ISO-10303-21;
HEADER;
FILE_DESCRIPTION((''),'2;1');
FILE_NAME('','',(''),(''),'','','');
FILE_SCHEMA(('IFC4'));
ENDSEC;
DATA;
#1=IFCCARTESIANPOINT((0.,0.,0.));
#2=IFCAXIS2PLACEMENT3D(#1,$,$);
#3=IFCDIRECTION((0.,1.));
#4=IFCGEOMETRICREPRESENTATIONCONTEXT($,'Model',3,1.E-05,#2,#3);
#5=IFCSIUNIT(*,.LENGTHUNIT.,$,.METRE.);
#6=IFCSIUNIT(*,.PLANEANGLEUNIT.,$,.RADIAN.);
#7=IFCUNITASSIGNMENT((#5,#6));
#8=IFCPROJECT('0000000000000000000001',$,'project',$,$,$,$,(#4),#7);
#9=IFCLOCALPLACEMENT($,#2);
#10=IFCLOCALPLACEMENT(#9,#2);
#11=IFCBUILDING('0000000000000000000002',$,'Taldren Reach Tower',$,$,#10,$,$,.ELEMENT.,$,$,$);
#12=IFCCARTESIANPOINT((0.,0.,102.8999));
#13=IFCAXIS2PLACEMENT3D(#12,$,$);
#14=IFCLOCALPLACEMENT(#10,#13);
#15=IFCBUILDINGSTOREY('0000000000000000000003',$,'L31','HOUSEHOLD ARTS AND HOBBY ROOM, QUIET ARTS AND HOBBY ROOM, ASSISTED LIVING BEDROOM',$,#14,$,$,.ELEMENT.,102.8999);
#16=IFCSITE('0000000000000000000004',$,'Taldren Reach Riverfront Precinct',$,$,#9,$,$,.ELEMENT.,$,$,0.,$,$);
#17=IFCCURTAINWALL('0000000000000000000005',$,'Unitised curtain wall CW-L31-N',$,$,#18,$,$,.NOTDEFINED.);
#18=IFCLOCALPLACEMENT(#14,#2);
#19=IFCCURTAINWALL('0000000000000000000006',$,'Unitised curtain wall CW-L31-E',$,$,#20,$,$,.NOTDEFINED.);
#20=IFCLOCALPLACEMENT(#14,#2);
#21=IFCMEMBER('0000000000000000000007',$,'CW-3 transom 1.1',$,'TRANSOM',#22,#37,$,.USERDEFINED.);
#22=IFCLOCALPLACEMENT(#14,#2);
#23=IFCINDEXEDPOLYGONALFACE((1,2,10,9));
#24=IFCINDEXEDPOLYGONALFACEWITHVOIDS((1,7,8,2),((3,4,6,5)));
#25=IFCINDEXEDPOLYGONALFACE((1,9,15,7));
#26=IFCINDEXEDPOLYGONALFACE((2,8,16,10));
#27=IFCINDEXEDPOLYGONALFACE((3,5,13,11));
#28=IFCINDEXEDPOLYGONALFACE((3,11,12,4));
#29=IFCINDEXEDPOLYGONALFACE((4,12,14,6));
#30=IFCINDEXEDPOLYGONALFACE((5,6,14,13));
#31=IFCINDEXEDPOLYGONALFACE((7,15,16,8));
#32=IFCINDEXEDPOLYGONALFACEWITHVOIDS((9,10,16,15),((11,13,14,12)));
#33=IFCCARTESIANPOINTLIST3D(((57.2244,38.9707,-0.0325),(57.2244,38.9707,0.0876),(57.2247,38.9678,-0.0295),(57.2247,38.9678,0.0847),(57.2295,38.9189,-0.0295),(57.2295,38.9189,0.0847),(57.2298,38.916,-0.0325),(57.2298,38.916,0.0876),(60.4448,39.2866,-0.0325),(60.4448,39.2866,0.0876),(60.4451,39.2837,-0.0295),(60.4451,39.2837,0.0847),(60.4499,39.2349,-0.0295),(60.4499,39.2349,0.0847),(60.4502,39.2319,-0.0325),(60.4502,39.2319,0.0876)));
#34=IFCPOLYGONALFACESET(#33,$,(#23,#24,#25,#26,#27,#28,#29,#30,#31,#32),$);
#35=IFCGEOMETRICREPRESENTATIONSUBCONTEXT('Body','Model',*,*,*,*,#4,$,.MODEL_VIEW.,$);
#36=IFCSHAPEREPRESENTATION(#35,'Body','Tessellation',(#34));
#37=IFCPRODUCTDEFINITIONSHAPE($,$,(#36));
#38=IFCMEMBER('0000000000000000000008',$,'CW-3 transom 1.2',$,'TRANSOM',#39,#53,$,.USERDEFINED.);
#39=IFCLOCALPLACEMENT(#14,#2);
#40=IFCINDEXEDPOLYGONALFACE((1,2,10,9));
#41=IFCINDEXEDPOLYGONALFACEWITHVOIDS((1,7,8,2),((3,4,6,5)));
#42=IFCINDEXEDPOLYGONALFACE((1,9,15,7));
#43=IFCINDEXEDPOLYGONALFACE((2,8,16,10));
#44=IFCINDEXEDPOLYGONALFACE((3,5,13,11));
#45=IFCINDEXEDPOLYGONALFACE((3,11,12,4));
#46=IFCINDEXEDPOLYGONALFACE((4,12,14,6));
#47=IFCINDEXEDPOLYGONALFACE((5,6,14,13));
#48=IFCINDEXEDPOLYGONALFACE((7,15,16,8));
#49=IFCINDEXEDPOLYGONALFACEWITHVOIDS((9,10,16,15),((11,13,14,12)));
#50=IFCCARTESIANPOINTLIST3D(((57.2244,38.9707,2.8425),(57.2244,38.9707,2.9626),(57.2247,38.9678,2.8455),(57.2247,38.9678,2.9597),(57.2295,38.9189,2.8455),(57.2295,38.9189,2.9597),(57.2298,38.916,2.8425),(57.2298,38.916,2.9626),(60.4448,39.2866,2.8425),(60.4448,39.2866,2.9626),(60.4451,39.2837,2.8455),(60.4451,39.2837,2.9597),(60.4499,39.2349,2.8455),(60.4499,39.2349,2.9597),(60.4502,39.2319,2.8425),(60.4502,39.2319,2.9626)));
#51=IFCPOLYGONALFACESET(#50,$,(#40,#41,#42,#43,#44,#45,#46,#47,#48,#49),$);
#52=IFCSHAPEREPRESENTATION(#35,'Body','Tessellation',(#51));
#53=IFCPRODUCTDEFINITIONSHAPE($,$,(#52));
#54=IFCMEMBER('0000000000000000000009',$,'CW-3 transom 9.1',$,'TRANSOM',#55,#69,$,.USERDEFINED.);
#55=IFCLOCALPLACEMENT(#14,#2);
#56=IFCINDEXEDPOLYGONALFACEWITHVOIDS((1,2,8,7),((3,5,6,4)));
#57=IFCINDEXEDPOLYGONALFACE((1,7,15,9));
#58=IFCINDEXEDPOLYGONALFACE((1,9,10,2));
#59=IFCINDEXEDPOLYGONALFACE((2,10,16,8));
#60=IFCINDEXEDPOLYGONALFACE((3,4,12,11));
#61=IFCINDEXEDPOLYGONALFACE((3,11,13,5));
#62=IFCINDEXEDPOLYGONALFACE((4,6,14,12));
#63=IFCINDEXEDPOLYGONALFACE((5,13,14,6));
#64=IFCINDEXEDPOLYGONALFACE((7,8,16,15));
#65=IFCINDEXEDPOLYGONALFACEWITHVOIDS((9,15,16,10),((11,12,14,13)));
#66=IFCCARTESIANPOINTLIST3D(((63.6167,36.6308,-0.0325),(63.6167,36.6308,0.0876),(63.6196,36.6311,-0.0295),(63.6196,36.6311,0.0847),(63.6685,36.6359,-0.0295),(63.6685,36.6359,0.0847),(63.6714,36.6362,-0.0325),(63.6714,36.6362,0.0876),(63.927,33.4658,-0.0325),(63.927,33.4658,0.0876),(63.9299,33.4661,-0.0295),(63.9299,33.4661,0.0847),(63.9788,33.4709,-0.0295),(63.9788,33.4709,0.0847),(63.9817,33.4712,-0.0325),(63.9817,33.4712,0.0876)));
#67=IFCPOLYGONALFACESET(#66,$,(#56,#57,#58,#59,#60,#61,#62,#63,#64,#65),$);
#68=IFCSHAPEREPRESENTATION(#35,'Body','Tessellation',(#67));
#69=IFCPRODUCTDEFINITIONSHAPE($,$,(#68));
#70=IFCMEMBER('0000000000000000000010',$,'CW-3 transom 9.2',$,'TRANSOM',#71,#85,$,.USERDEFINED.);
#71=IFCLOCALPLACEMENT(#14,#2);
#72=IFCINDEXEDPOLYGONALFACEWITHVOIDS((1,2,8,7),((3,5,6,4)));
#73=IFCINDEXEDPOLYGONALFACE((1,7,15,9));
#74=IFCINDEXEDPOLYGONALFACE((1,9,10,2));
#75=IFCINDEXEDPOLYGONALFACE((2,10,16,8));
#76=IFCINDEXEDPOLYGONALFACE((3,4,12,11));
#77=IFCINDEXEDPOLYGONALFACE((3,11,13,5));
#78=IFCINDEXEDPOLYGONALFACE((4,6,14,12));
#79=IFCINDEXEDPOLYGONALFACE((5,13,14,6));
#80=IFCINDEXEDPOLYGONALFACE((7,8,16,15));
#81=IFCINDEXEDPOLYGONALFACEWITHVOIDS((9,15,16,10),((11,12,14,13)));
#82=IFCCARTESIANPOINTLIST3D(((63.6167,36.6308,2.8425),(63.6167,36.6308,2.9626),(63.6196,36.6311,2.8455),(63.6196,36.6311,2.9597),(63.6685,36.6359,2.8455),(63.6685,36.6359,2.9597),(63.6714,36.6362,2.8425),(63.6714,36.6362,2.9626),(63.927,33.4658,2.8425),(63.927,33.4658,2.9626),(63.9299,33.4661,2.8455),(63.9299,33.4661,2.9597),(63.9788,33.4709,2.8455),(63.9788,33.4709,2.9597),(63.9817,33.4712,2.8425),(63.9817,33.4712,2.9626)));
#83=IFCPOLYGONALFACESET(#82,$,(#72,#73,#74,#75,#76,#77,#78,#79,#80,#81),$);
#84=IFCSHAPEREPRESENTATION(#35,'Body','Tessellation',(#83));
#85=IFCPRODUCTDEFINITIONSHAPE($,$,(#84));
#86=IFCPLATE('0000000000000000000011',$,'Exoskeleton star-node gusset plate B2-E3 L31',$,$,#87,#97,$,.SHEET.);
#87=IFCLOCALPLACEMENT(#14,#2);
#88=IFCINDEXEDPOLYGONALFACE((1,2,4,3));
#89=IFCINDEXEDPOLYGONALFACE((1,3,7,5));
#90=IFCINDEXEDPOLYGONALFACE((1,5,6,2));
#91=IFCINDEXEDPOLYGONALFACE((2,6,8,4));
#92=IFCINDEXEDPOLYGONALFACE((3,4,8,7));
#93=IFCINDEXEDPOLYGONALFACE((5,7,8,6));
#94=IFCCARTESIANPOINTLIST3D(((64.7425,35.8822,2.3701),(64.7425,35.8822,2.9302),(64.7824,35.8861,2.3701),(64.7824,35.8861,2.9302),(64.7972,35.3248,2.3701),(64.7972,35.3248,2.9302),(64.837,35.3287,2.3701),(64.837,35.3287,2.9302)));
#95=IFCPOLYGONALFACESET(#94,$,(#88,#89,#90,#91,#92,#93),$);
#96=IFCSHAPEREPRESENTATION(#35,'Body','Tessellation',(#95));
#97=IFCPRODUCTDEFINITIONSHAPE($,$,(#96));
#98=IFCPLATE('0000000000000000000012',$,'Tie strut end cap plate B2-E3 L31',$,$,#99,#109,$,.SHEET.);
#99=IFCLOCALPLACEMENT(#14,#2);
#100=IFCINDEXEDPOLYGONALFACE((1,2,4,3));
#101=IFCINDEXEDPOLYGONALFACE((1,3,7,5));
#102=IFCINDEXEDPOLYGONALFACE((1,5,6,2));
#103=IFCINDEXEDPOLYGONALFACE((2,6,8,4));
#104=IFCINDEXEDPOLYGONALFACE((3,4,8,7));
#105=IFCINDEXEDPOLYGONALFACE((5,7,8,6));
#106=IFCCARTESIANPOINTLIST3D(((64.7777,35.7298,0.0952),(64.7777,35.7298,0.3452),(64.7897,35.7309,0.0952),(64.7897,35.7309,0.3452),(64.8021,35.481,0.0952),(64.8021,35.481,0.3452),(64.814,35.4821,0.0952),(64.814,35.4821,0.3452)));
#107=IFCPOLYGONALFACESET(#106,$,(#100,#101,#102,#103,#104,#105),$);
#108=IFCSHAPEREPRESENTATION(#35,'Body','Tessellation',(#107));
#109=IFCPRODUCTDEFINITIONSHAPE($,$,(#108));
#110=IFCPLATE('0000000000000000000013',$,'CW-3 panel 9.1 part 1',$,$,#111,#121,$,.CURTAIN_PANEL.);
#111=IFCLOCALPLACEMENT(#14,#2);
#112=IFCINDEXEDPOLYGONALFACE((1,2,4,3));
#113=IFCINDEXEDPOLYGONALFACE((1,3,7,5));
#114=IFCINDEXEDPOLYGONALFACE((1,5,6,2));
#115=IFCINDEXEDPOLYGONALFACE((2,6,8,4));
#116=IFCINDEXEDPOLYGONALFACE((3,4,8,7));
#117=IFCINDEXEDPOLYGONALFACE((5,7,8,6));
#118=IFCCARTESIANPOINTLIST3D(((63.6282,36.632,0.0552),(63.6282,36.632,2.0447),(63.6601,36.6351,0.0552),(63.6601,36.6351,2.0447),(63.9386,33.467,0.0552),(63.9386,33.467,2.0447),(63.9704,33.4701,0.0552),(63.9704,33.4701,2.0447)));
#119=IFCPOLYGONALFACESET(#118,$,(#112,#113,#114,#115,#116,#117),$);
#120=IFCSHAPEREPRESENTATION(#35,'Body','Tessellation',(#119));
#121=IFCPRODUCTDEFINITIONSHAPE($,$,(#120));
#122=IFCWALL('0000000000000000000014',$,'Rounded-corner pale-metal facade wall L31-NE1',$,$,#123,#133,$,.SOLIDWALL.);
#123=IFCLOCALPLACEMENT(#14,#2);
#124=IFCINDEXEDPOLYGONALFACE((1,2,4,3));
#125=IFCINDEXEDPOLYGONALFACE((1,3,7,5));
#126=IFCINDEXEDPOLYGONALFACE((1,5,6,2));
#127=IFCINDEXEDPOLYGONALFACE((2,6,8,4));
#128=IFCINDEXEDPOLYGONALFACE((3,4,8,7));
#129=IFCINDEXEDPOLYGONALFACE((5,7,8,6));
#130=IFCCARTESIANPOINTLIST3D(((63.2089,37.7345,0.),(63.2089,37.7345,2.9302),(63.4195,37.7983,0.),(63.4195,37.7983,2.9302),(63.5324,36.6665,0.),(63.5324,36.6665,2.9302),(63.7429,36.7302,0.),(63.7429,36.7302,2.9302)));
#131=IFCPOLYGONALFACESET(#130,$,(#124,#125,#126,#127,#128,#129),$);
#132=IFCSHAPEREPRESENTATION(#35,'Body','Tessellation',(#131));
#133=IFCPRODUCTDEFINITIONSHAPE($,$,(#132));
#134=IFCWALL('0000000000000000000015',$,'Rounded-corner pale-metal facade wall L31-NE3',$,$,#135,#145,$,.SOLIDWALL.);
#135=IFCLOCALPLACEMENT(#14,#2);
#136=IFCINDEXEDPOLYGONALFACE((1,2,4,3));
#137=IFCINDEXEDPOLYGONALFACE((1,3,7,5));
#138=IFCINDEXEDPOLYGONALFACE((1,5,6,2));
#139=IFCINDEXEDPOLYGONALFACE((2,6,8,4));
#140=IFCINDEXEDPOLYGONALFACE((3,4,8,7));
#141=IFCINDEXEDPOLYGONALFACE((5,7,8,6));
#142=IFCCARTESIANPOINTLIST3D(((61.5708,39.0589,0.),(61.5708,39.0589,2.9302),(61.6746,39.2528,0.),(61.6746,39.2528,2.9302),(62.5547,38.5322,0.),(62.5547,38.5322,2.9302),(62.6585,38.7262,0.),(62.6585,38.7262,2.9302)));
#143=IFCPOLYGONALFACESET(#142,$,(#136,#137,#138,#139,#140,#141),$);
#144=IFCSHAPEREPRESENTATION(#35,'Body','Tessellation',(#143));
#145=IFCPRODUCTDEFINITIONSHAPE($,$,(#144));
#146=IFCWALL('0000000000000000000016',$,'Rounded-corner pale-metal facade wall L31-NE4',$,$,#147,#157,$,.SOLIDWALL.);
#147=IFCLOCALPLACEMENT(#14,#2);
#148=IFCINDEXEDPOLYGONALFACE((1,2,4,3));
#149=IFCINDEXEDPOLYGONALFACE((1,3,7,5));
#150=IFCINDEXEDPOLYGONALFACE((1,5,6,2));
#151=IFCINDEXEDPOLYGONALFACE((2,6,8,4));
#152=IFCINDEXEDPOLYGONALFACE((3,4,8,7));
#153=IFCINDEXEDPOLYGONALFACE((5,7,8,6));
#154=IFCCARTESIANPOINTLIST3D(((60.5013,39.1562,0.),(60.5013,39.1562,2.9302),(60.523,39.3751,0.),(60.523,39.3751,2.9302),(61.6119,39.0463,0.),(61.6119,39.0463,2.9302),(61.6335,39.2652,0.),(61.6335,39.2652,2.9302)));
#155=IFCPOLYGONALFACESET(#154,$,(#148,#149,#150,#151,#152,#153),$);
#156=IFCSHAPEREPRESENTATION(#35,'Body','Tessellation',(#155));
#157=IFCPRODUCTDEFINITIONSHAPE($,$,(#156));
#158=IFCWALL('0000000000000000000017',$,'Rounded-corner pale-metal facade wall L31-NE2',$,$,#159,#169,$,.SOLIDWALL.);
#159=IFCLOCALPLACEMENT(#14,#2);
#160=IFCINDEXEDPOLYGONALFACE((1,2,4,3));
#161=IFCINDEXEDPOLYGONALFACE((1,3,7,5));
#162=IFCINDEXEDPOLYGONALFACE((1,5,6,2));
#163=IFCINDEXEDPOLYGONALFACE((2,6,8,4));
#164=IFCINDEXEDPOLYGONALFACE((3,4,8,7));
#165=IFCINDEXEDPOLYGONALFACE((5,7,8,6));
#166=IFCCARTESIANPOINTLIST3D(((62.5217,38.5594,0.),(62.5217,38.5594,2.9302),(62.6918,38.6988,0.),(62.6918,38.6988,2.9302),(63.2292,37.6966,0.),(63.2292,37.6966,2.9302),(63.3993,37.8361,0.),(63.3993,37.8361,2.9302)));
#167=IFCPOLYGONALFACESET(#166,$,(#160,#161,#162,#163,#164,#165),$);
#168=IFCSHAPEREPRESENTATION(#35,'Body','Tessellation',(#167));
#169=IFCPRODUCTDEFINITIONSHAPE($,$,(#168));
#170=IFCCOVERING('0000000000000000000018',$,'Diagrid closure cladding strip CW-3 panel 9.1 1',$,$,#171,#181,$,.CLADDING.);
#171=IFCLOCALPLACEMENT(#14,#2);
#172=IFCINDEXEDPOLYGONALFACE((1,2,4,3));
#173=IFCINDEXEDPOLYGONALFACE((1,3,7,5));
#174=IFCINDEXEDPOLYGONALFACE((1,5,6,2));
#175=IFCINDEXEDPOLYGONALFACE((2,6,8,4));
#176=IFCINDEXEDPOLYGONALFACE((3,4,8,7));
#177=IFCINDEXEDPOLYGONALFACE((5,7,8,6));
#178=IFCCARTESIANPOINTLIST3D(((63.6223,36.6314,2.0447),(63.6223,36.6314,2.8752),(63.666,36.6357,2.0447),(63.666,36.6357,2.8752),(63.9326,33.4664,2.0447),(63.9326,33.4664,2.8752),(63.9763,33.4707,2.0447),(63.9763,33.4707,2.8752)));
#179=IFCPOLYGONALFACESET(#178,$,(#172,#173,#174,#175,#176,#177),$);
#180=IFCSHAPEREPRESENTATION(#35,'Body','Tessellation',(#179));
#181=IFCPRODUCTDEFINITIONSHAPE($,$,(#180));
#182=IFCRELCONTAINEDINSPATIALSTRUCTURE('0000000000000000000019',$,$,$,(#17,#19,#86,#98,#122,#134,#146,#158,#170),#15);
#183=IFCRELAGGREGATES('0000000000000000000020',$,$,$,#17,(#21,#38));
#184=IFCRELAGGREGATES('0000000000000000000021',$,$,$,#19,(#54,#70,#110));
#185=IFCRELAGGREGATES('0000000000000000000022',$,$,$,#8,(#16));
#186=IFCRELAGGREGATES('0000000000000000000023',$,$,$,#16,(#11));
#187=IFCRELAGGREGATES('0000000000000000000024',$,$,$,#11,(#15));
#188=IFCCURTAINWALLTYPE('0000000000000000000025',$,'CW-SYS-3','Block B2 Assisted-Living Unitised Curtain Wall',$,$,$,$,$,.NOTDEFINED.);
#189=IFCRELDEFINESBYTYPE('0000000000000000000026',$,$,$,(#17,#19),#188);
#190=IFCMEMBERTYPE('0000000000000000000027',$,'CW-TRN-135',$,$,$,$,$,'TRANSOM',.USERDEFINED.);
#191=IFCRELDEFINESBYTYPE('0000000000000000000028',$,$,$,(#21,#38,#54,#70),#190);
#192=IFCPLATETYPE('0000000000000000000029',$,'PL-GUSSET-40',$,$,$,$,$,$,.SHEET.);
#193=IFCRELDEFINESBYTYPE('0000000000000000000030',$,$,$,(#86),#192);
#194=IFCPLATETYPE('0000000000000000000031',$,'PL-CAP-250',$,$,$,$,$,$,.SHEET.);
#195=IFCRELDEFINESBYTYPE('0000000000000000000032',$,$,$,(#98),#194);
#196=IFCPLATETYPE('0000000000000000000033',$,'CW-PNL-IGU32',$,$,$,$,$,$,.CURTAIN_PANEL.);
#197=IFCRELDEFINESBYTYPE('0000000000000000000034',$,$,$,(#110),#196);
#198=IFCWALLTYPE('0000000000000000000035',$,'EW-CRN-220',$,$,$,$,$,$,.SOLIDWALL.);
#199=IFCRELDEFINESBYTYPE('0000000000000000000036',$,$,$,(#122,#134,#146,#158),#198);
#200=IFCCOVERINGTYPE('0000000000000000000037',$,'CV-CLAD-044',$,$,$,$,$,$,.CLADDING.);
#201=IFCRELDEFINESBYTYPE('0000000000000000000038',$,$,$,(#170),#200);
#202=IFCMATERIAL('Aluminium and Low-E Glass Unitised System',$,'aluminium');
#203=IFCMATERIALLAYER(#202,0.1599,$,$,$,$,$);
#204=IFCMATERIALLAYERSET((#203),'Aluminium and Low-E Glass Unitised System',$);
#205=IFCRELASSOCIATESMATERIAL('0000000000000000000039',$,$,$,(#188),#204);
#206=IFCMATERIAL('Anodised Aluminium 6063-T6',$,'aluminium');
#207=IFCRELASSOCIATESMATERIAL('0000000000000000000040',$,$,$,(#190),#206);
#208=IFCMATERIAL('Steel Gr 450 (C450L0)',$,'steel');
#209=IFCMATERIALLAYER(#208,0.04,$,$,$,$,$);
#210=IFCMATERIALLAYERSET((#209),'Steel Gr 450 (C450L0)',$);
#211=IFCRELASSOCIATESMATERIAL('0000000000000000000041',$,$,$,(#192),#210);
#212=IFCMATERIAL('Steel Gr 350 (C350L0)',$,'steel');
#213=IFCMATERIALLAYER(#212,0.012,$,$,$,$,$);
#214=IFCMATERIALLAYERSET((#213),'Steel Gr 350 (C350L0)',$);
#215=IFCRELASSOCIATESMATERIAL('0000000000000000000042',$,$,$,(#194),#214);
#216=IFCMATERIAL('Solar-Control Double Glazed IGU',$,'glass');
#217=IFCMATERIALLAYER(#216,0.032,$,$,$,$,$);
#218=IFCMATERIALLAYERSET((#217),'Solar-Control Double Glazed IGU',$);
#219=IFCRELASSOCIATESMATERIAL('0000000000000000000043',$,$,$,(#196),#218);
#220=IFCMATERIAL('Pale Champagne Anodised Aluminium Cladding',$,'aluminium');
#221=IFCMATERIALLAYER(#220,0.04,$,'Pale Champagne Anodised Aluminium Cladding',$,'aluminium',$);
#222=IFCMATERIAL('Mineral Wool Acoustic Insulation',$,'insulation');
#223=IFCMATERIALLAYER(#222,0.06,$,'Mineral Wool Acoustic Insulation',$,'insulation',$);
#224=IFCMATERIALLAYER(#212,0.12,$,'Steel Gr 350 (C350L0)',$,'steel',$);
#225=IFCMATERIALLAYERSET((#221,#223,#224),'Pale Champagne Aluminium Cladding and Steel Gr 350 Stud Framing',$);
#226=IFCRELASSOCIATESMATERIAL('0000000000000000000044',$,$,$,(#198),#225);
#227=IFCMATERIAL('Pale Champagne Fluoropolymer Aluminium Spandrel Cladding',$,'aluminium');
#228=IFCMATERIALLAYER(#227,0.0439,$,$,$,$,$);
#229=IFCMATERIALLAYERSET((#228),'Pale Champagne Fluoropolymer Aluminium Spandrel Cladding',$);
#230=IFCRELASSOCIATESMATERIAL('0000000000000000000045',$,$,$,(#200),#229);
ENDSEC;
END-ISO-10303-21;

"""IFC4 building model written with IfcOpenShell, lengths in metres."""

from ifc_helpers import new_model, si_unit, direction, frame, frame_2d, origin, origin_2d, place, context, subcontext, project, spatial, rectangle, hollow_rectangle, extrude, source, transform, mapped, material, layer, layer_set, material_profile, profile_set, type_object, element, aggregate, save


model = new_model("IFC4")

# Units and contexts
model_context = context("Model", 3, precision=1e-05, world=origin(), true_north=direction((0.0, 1.0)))
body_context = subcontext(model_context, "Body", "Model", "MODEL_VIEW")
ifc_project = project(units=[si_unit("LENGTHUNIT", "METRE"), si_unit("PLANEANGLEUNIT", "RADIAN")], contexts=[model_context])

# Site, building, storey
site_placement = place(None, origin())
site = spatial("IfcSite", under=ifc_project, at=site_placement, Name="Taldren Reach Riverfront Precinct", CompositionType="ELEMENT", RefElevation=0.0)
building_placement = place(site_placement, origin())
building = spatial("IfcBuilding", under=site, at=building_placement, Name="Taldren Reach Tower", CompositionType="ELEMENT")
storey_placement = place(building_placement, frame((0.0, 0.0, 102.8999)))
storey = spatial("IfcBuildingStorey", under=building, at=storey_placement, Name="L31", Description="HOUSEHOLD ARTS AND HOBBY ROOM, QUIET ARTS AND HOBBY ROOM, ASSISTED LIVING BEDROOM", CompositionType="ELEMENT", Elevation=102.8999)

# Shared definitions
ifc_material_1 = material(Name="Steel Gr 450 (C450L0)", Category="steel")
ifc_material_2 = material(Name="Steel Gr 350 (C350L0)", Category="steel")

# Curtain walls
ifc_material_3 = material(Name="Aluminium and Low-E Glass Unitised System", Category="aluminium")
ifc_layer_1 = layer(ifc_material_3, 0.1599)
ifc_layer_set_1 = layer_set([ifc_layer_1], Name="Aluminium and Low-E Glass Unitised System")
curtain_wall_type = type_object("IfcCurtainWallType", Name="CW-SYS-3", Description="Block B2 Assisted-Living Unitised Curtain Wall", PredefinedType="NOTDEFINED", material=ifc_layer_set_1)
curtain_wall_1_placement = place(storey_placement, origin())
curtain_wall_1 = element("IfcCurtainWall", 1, at=curtain_wall_1_placement, inside=storey, type_object=curtain_wall_type, Name="Unitised curtain wall CW-L31-N", PredefinedType="NOTDEFINED")
ifc_material_4 = material(Name="Anodised Aluminium 6063-T6", Category="aluminium")
curtain_wall_2_placement = place(storey_placement, origin())
curtain_wall_2 = element("IfcCurtainWall", 2, at=curtain_wall_2_placement, inside=storey, type_object=curtain_wall_type, Name="Unitised curtain wall CW-L31-E", PredefinedType="NOTDEFINED")

# Members
ifc_material_profile_1 = material_profile(ifc_material_4, hollow_rectangle(XDim=0.0549, YDim=0.1201, WallThickness=0.0029, at=origin_2d()), Name="ALU-120x55x3RHS")
ifc_profile_set_1 = profile_set([ifc_material_profile_1], Name="Anodised Aluminium 6063-T6")
member_type_1 = type_object("IfcMemberType", Name="CW-TRN-135", ElementType="TRANSOM", PredefinedType="USERDEFINED", material=ifc_profile_set_1)
shared_shape_1 = source(origin(), body_context, "Body", "SweptSolid", [
    extrude(hollow_rectangle(XDim=0.0549, YDim=0.1201, WallThickness=0.0029, at=origin_2d()), origin(), (0.0, 0.0, 1.0), 3.2358),
])
member_1_placement = place(storey_placement, frame((60.4475, 39.2593, 0.0276), z_axis=(-0.995223, -0.097629, 0.0), x_axis=(0.097629, -0.995223, 0.0)))
member_1 = element("IfcMember", 3, at=member_1_placement, type_object=member_type_1, Name="CW-3 transom 1.1", ObjectType="TRANSOM", PredefinedType="USERDEFINED", context=body_context, shape_type="MappedRepresentation", body=[
    mapped(shared_shape_1, transform((0.0, 0.0, 0.0), scale=1.0)),
])
member_2_placement = place(storey_placement, frame((60.4475, 39.2593, 2.9026), z_axis=(-0.995223, -0.097629, 0.0), x_axis=(0.097629, -0.995223, 0.0)))
member_2 = element("IfcMember", 4, at=member_2_placement, type_object=member_type_1, Name="CW-3 transom 1.2", ObjectType="TRANSOM", PredefinedType="USERDEFINED", context=body_context, shape_type="MappedRepresentation", body=[
    mapped(shared_shape_1, transform((0.0, 0.0, 0.0), scale=1.0)),
])
aggregate(curtain_wall_1, [member_1, member_2])
shared_shape_2 = source(origin(), body_context, "Body", "SweptSolid", [
    extrude(hollow_rectangle(XDim=0.0549, YDim=0.1201, WallThickness=0.0029, at=origin_2d()), origin(), (0.0, 0.0, 1.0), 3.1802),
])
member_3_placement = place(storey_placement, frame((63.9543, 33.4685, 0.0276), z_axis=(-0.097573, 0.995228, 0.0), x_axis=(-0.995228, -0.097573, 0.0)))
member_3 = element("IfcMember", 5, at=member_3_placement, type_object=member_type_1, Name="CW-3 transom 9.1", ObjectType="TRANSOM", PredefinedType="USERDEFINED", context=body_context, shape_type="MappedRepresentation", body=[
    mapped(shared_shape_2, transform((0.0, 0.0, 0.0), scale=1.0)),
])
member_4_placement = place(storey_placement, frame((63.9543, 33.4685, 2.9026), z_axis=(-0.097573, 0.995228, 0.0), x_axis=(-0.995228, -0.097573, 0.0)))
member_4 = element("IfcMember", 6, at=member_4_placement, type_object=member_type_1, Name="CW-3 transom 9.2", ObjectType="TRANSOM", PredefinedType="USERDEFINED", context=body_context, shape_type="MappedRepresentation", body=[
    mapped(shared_shape_2, transform((0.0, 0.0, 0.0), scale=1.0)),
])

# Plates
ifc_layer_2 = layer(ifc_material_1, 0.04)
ifc_layer_set_2 = layer_set([ifc_layer_2], Name="Steel Gr 450 (C450L0)")
plate_type_1 = type_object("IfcPlateType", Name="PL-GUSSET-40", PredefinedType="SHEET", material=ifc_layer_set_2)
shared_shape_3 = source(origin(), body_context, "Body", "SweptSolid", [
    extrude(rectangle(XDim=0.5601, YDim=0.04, at=origin_2d()), origin(), (0.0, 0.0, 1.0), 0.5601),
])
plate_1_placement = place(storey_placement, frame((64.7898, 35.6055, 2.3701), z_axis=(0.0, 0.0, 1.0), x_axis=(-0.097583, 0.995227, 0.0)))
element("IfcPlate", 7, at=plate_1_placement, inside=storey, type_object=plate_type_1, Name="Exoskeleton star-node gusset plate B2-E3 L31", PredefinedType="SHEET", context=body_context, shape_type="MappedRepresentation", body=[
    mapped(shared_shape_3, transform((0.0, 0.0, 0.0), scale=1.0)),
])
ifc_layer_3 = layer(ifc_material_2, 0.012)
ifc_layer_set_3 = layer_set([ifc_layer_3], Name="Steel Gr 350 (C350L0)")
plate_type_2 = type_object("IfcPlateType", Name="PL-CAP-250", PredefinedType="SHEET", material=ifc_layer_set_3)
shared_shape_4 = source(origin(), body_context, "Body", "SweptSolid", [
    extrude(rectangle(XDim=0.012, YDim=0.25, at=origin_2d()), origin(), (0.0, 0.0, 1.0), 0.25),
])
plate_2_placement = place(storey_placement, frame((64.7959, 35.606, 0.0952), z_axis=(0.0, 0.0, 1.0), x_axis=(0.995227, 0.097583, 0.0)))
element("IfcPlate", 8, at=plate_2_placement, inside=storey, type_object=plate_type_2, Name="Tie strut end cap plate B2-E3 L31", PredefinedType="SHEET", context=body_context, shape_type="MappedRepresentation", body=[
    mapped(shared_shape_4, transform((0.0, 0.0, 0.0), scale=1.0)),
])

# Plate
ifc_material_5 = material(Name="Solar-Control Double Glazed IGU", Category="glass")
ifc_layer_4 = layer(ifc_material_5, 0.032)
ifc_layer_set_4 = layer_set([ifc_layer_4], Name="Solar-Control Double Glazed IGU")
plate_type_3 = type_object("IfcPlateType", Name="CW-PNL-IGU32", PredefinedType="CURTAIN_PANEL", material=ifc_layer_set_4)
shared_shape_5 = source(origin(), body_context, "Body", "SweptSolid", [
    extrude(rectangle(XDim=3.1802, YDim=0.032, at=origin_2d()), origin(), (0.0, 0.0, 1.0), 1.9895),
])
plate_3_placement = place(storey_placement, frame((63.7993, 35.051, 0.0552), z_axis=(0.0, 0.0, 1.0), x_axis=(-0.097583, 0.995227, 0.0)))
plate_3 = element("IfcPlate", 9, at=plate_3_placement, type_object=plate_type_3, Name="CW-3 panel 9.1 part 1", PredefinedType="CURTAIN_PANEL", context=body_context, shape_type="MappedRepresentation", body=[
    mapped(shared_shape_5, transform((0.0, 0.0, 0.0), scale=1.0)),
])
aggregate(curtain_wall_2, [member_3, member_4, plate_3])

# Walls
ifc_material_6 = material(Name="Pale Champagne Anodised Aluminium Cladding", Category="aluminium")
ifc_layer_5 = layer(ifc_material_6, 0.04, Name="Pale Champagne Anodised Aluminium Cladding", Category="aluminium")
ifc_material_7 = material(Name="Mineral Wool Acoustic Insulation", Category="insulation")
ifc_layer_6 = layer(ifc_material_7, 0.06, Name="Mineral Wool Acoustic Insulation", Category="insulation")
ifc_layer_7 = layer(ifc_material_2, 0.12, Name="Steel Gr 350 (C350L0)", Category="steel")
ifc_layer_set_5 = layer_set([ifc_layer_5, ifc_layer_6, ifc_layer_7], Name="Pale Champagne Aluminium Cladding and Steel Gr 350 Stud Framing")
wall_type = type_object("IfcWallType", Name="EW-CRN-220", PredefinedType="SOLIDWALL", material=ifc_layer_set_5)
shared_shape_6 = source(origin(), body_context, "Body", "SweptSolid", [
    extrude(rectangle(XDim=1.116, YDim=0.22, at=frame_2d((0.5581, 0.0))), origin(), (0.0, 0.0, 1.0), 2.9302),
])
for number, where, z_axis, x_axis, name in (
    (10, (63.6377, 36.6982, 0.0), (0.0, 0.0, 1.0), (-0.289856, 0.95707, 0.0), "Rounded-corner pale-metal facade wall L31-NE1"),
    (11, (62.6067, 38.6292, 0.0), (0.0, 0.0, 1.0), (-0.881656, 0.471894, 0.0), "Rounded-corner pale-metal facade wall L31-NE3"),
    (12, (61.6228, 39.1558, 0.0), (0.0, 0.0, 1.0), (-0.995143, 0.098442, 0.0), "Rounded-corner pale-metal facade wall L31-NE4"),
):
    element("IfcWall", number, at=place(storey_placement, frame(where, z_axis=z_axis, x_axis=x_axis)), inside=storey, type_object=wall_type, Name=name, PredefinedType="SOLIDWALL", context=body_context, shape_type="MappedRepresentation", body=[
        mapped(shared_shape_6, transform((0.0, 0.0, 0.0), scale=1.0)),
    ])
shared_shape_7 = source(origin(), body_context, "Body", "SweptSolid", [
    extrude(rectangle(XDim=1.1157, YDim=0.22, at=frame_2d((0.5579, 0.0))), origin(), (0.0, 0.0, 1.0), 2.9302),
])
wall_placement = place(storey_placement, frame((63.3142, 37.7664, 0.0), z_axis=(0.0, 0.0, 1.0), x_axis=(-0.634095, 0.773255, 0.0)))
element("IfcWall", 13, at=wall_placement, inside=storey, type_object=wall_type, Name="Rounded-corner pale-metal facade wall L31-NE2", PredefinedType="SOLIDWALL", context=body_context, shape_type="MappedRepresentation", body=[
    mapped(shared_shape_7, transform((0.0, 0.0, 0.0), scale=1.0)),
])

# Covering
ifc_material_8 = material(Name="Pale Champagne Fluoropolymer Aluminium Spandrel Cladding", Category="aluminium")
ifc_layer_8 = layer(ifc_material_8, 0.0439)
ifc_layer_set_6 = layer_set([ifc_layer_8], Name="Pale Champagne Fluoropolymer Aluminium Spandrel Cladding")
covering_type = type_object("IfcCoveringType", Name="CV-CLAD-044", PredefinedType="CLADDING", material=ifc_layer_set_6)
shared_shape_8 = source(origin(), body_context, "Body", "SweptSolid", [
    extrude(rectangle(XDim=3.1802, YDim=0.0439, at=origin_2d()), origin(), (0.0, 0.0, 1.0), 0.8306),
])
covering_placement = place(storey_placement, frame((63.7993, 35.051, 2.0447), z_axis=(0.0, 0.0, 1.0), x_axis=(-0.097583, 0.995227, 0.0)))
element("IfcCovering", 14, at=covering_placement, inside=storey, type_object=covering_type, Name="Diagrid closure cladding strip CW-3 panel 9.1 1", PredefinedType="CLADDING", context=body_context, shape_type="MappedRepresentation", body=[
    mapped(shared_shape_8, transform((0.0, 0.0, 0.0), scale=1.0)),
])

save(model, "model.ifc")
